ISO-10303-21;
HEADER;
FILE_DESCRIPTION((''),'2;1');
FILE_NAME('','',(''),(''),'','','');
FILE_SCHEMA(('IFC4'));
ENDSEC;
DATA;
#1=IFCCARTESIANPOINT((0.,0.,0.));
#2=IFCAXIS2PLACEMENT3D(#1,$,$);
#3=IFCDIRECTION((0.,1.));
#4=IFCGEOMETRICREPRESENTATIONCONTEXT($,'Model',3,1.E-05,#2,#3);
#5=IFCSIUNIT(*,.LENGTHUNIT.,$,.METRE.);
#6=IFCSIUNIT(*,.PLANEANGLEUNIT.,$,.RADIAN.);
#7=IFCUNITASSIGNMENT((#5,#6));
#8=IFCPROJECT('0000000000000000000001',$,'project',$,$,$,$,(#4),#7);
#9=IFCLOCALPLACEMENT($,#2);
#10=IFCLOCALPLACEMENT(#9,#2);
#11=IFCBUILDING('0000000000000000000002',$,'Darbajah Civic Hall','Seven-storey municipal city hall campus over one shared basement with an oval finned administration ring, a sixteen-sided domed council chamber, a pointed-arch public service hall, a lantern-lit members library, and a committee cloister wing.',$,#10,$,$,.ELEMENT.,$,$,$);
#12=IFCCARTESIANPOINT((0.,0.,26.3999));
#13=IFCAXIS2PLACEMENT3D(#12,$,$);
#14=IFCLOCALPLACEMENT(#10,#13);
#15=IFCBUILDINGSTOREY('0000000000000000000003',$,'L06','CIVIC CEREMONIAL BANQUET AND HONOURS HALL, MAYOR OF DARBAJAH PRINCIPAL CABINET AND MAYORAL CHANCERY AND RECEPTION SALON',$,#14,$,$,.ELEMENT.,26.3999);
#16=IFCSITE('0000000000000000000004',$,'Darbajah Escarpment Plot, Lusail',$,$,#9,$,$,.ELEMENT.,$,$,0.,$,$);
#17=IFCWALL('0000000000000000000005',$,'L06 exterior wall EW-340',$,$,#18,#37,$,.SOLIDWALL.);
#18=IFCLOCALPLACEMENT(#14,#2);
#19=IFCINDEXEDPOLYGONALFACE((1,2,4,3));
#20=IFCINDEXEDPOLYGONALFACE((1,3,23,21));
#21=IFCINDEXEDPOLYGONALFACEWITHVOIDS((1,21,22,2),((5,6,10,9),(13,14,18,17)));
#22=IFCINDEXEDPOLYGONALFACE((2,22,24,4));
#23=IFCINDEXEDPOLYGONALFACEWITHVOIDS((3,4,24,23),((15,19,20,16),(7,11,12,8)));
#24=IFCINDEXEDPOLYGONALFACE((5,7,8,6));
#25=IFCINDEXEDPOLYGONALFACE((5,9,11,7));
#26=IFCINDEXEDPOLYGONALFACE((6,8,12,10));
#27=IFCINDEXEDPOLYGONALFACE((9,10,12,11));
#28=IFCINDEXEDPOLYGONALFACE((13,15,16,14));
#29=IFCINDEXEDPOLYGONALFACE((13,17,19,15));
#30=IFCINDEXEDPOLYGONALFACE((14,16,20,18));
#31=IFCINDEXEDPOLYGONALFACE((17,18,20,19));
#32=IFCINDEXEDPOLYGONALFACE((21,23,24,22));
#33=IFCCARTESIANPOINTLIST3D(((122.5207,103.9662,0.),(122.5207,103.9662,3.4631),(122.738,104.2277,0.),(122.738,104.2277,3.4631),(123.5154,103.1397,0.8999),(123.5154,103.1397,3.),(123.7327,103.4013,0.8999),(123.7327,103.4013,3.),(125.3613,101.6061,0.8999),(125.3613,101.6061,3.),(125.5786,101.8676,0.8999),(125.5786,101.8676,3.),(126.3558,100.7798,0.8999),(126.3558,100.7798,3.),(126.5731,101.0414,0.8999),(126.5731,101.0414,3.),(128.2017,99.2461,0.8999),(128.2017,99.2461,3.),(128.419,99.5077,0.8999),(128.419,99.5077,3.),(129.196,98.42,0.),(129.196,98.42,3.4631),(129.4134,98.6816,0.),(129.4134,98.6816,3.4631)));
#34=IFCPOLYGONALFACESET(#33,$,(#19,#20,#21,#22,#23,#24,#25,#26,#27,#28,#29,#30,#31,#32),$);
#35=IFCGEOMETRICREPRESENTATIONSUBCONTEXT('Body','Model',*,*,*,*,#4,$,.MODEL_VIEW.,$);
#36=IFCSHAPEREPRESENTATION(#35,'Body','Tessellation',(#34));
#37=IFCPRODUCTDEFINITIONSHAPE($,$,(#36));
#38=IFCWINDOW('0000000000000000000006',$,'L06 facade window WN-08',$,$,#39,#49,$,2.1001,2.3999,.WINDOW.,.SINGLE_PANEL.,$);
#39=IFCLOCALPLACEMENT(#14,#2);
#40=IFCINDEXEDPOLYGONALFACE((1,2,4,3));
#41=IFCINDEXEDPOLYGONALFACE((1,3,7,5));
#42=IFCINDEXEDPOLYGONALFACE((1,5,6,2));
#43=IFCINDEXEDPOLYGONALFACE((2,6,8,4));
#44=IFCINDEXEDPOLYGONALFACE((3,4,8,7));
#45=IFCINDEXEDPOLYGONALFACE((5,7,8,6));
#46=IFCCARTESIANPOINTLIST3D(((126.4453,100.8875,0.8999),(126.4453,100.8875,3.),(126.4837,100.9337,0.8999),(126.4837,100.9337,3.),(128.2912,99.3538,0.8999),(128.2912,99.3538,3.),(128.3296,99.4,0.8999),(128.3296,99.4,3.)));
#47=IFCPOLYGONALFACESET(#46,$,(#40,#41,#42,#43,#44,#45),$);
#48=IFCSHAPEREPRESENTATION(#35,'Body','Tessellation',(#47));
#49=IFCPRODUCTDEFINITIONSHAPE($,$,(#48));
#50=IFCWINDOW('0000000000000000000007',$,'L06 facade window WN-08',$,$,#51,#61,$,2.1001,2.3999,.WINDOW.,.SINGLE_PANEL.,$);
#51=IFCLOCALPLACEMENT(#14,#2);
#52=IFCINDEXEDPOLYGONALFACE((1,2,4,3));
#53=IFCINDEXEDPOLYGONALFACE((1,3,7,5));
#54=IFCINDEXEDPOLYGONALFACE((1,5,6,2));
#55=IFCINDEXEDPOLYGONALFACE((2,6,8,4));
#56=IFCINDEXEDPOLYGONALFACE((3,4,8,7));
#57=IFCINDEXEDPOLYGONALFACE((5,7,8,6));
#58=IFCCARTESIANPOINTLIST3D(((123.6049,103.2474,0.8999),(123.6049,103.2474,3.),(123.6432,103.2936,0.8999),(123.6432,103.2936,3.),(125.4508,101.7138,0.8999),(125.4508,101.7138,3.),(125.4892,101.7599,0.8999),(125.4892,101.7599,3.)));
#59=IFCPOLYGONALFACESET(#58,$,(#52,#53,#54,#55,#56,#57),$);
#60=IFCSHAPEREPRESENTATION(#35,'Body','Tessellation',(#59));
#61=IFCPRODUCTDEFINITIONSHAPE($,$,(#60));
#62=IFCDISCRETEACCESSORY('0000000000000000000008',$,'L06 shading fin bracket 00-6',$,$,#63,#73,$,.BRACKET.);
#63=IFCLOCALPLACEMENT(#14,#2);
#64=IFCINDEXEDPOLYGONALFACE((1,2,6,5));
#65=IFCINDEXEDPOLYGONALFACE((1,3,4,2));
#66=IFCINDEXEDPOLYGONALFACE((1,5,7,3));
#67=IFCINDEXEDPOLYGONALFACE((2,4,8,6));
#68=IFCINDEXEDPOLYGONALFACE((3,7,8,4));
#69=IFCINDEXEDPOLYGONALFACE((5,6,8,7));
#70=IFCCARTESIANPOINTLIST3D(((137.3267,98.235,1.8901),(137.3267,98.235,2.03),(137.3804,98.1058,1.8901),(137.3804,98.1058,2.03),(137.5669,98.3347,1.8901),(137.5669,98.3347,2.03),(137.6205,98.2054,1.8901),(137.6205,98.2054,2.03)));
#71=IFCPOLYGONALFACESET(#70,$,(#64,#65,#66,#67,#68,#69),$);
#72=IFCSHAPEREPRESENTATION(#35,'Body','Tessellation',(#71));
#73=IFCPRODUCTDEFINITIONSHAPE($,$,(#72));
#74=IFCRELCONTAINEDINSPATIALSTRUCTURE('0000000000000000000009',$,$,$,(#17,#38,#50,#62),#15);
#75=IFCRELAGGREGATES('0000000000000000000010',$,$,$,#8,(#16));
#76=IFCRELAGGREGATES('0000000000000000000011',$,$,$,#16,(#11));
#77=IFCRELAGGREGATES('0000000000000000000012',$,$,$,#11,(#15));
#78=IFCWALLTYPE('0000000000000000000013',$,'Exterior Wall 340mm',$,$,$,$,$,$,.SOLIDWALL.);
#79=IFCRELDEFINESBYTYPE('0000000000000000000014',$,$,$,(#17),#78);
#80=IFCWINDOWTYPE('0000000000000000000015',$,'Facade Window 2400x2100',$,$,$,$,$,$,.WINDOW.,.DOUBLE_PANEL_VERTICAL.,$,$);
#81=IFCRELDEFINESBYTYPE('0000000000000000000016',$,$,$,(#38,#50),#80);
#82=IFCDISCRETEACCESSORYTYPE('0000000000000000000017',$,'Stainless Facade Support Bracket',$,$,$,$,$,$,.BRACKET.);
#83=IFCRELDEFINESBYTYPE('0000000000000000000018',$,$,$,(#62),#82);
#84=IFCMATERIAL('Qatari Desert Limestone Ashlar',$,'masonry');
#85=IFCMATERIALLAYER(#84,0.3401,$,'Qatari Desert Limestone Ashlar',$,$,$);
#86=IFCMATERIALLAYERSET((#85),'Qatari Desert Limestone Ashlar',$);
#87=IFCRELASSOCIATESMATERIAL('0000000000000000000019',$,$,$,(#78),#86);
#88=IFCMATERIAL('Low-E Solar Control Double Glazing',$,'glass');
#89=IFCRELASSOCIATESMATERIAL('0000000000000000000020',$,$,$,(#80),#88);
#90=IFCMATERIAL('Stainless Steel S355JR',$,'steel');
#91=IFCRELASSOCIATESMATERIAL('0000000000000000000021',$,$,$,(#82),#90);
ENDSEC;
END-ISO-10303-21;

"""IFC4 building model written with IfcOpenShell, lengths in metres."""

from ifc_helpers import new_model, si_unit, direction, frame, frame_2d, origin, origin_2d, place, context, subcontext, project, spatial, rectangle, extrude, material, layer, layer_set, type_object, element, fill, save


model = new_model("IFC4")

# Units and contexts
model_context = context("Model", 3, precision=1e-05, world=origin(), true_north=direction((0.0, 1.0)))
body_context = subcontext(model_context, "Body", "Model", "MODEL_VIEW")
ifc_project = project(units=[si_unit("LENGTHUNIT", "METRE"), si_unit("PLANEANGLEUNIT", "RADIAN")], contexts=[model_context])

# Site, building, storey
site_placement = place(None, origin())
site = spatial("IfcSite", under=ifc_project, at=site_placement, Name="Darbajah Escarpment Plot, Lusail", CompositionType="ELEMENT", RefElevation=0.0)
building_placement = place(site_placement, origin())
building = spatial("IfcBuilding", under=site, at=building_placement, Name="Darbajah Civic Hall", Description="Seven-storey municipal city hall campus over one shared basement with an oval finned administration ring, a sixteen-sided domed council chamber, a pointed-arch public service hall, a lantern-lit members library, and a committee cloister wing.", CompositionType="ELEMENT")
storey_placement = place(building_placement, frame((0.0, 0.0, 26.3999)))
storey = spatial("IfcBuildingStorey", under=building, at=storey_placement, Name="L06", Description="CIVIC CEREMONIAL BANQUET AND HONOURS HALL, MAYOR OF DARBAJAH PRINCIPAL CABINET AND MAYORAL CHANCERY AND RECEPTION SALON", CompositionType="ELEMENT", Elevation=26.3999)

# Shared definitions
ifc_material_1 = material(Name="Low-E Solar Control Double Glazing", Category="glass")

# Wall, openings, windows
ifc_material_2 = material(Name="Qatari Desert Limestone Ashlar", Category="masonry")
ifc_layer_1 = layer(ifc_material_2, 0.3401, Name="Qatari Desert Limestone Ashlar")
ifc_layer_set_1 = layer_set([ifc_layer_1], Name="Qatari Desert Limestone Ashlar")
wall_type = type_object("IfcWallType", Name="Exterior Wall 340mm", PredefinedType="SOLIDWALL", material=ifc_layer_set_1)
wall_placement = place(storey_placement, frame((129.3047, 98.5508, 0.0), z_axis=(0.0, 0.0, 1.0), x_axis=(-0.769161, 0.639055, 0.0)))
wall = element("IfcWall", 1, at=wall_placement, inside=storey, type_object=wall_type, Name="L06 exterior wall EW-340", PredefinedType="SOLIDWALL", context=body_context, shape_type="SweptSolid", body=[
    extrude(rectangle(XDim=8.6787, YDim=0.3401, at=frame_2d((4.3394, 0.0))), origin(), (0.0, 0.0, 1.0), 3.4631),
])
opening_1_placement = place(wall_placement, frame((1.2927, 0.0, 0.8999)))
opening_1 = element("IfcOpeningElement", 2, at=opening_1_placement, cuts=wall, PredefinedType="OPENING", context=body_context, shape_type="SweptSolid", body=[
    extrude(rectangle(XDim=2.3999, YDim=2.1001, at=frame_2d((1.2, 1.05))), frame((0.0, 0.1799, 0.0), z_axis=(0.0, -1.0, 0.0), x_axis=(1.0, 0.0, 0.0)), (0.0, 0.0, 1.0), 0.3601),
])
opening_2_placement = place(wall_placement, frame((4.9856, 0.0, 0.8999)))
opening_2 = element("IfcOpeningElement", 3, at=opening_2_placement, cuts=wall, PredefinedType="OPENING", context=body_context, shape_type="SweptSolid", body=[
    extrude(rectangle(XDim=2.3999, YDim=2.1001, at=frame_2d((1.2, 1.05))), frame((0.0, 0.1799, 0.0), z_axis=(0.0, -1.0, 0.0), x_axis=(1.0, 0.0, 0.0)), (0.0, 0.0, 1.0), 0.3601),
])
window_type = type_object("IfcWindowType", Name="Facade Window 2400x2100", PartitioningType="DOUBLE_PANEL_VERTICAL", PredefinedType="WINDOW", material=ifc_material_1)
window_1_placement = place(opening_1_placement, origin())
window_1 = element("IfcWindow", 4, at=window_1_placement, inside=storey, type_object=window_type, Name="L06 facade window WN-08", OverallHeight=2.1001, OverallWidth=2.3999, PartitioningType="SINGLE_PANEL", PredefinedType="WINDOW", context=body_context, shape_type="SweptSolid", body=[
    extrude(rectangle(XDim=2.3999, YDim=2.1001, at=frame_2d((1.2, 1.05))), frame((0.0, 0.03, 0.0), z_axis=(0.0, -1.0, 0.0), x_axis=(1.0, 0.0, 0.0)), (0.0, 0.0, 1.0), 0.0601),
])
fill(opening_1, window_1)
window_2_placement = place(opening_2_placement, origin())
window_2 = element("IfcWindow", 5, at=window_2_placement, inside=storey, type_object=window_type, Name="L06 facade window WN-08", OverallHeight=2.1001, OverallWidth=2.3999, PartitioningType="SINGLE_PANEL", PredefinedType="WINDOW", context=body_context, shape_type="SweptSolid", body=[
    extrude(rectangle(XDim=2.3999, YDim=2.1001, at=frame_2d((1.2, 1.05))), frame((0.0, 0.03, 0.0), z_axis=(0.0, -1.0, 0.0), x_axis=(1.0, 0.0, 0.0)), (0.0, 0.0, 1.0), 0.0601),
])
fill(opening_2, window_2)

# Discrete accessory
ifc_material_3 = material(Name="Stainless Steel S355JR", Category="steel")
discrete_accessory_type = type_object("IfcDiscreteAccessoryType", Name="Stainless Facade Support Bracket", PredefinedType="BRACKET", material=ifc_material_3)
discrete_accessory_placement = place(storey_placement, frame((137.4736, 98.2202, 1.8901), z_axis=(0.0, 0.0, 1.0), x_axis=(0.923612, 0.383328, 0.0)))
element("IfcDiscreteAccessory", 6, at=discrete_accessory_placement, inside=storey, type_object=discrete_accessory_type, Name="L06 shading fin bracket 00-6", PredefinedType="BRACKET", context=body_context, shape_type="SweptSolid", body=[
    extrude(rectangle(XDim=0.26, YDim=0.1399, at=origin_2d()), origin(), (0.0, 0.0, 1.0), 0.1399),
])

save(model, "model.ifc")
